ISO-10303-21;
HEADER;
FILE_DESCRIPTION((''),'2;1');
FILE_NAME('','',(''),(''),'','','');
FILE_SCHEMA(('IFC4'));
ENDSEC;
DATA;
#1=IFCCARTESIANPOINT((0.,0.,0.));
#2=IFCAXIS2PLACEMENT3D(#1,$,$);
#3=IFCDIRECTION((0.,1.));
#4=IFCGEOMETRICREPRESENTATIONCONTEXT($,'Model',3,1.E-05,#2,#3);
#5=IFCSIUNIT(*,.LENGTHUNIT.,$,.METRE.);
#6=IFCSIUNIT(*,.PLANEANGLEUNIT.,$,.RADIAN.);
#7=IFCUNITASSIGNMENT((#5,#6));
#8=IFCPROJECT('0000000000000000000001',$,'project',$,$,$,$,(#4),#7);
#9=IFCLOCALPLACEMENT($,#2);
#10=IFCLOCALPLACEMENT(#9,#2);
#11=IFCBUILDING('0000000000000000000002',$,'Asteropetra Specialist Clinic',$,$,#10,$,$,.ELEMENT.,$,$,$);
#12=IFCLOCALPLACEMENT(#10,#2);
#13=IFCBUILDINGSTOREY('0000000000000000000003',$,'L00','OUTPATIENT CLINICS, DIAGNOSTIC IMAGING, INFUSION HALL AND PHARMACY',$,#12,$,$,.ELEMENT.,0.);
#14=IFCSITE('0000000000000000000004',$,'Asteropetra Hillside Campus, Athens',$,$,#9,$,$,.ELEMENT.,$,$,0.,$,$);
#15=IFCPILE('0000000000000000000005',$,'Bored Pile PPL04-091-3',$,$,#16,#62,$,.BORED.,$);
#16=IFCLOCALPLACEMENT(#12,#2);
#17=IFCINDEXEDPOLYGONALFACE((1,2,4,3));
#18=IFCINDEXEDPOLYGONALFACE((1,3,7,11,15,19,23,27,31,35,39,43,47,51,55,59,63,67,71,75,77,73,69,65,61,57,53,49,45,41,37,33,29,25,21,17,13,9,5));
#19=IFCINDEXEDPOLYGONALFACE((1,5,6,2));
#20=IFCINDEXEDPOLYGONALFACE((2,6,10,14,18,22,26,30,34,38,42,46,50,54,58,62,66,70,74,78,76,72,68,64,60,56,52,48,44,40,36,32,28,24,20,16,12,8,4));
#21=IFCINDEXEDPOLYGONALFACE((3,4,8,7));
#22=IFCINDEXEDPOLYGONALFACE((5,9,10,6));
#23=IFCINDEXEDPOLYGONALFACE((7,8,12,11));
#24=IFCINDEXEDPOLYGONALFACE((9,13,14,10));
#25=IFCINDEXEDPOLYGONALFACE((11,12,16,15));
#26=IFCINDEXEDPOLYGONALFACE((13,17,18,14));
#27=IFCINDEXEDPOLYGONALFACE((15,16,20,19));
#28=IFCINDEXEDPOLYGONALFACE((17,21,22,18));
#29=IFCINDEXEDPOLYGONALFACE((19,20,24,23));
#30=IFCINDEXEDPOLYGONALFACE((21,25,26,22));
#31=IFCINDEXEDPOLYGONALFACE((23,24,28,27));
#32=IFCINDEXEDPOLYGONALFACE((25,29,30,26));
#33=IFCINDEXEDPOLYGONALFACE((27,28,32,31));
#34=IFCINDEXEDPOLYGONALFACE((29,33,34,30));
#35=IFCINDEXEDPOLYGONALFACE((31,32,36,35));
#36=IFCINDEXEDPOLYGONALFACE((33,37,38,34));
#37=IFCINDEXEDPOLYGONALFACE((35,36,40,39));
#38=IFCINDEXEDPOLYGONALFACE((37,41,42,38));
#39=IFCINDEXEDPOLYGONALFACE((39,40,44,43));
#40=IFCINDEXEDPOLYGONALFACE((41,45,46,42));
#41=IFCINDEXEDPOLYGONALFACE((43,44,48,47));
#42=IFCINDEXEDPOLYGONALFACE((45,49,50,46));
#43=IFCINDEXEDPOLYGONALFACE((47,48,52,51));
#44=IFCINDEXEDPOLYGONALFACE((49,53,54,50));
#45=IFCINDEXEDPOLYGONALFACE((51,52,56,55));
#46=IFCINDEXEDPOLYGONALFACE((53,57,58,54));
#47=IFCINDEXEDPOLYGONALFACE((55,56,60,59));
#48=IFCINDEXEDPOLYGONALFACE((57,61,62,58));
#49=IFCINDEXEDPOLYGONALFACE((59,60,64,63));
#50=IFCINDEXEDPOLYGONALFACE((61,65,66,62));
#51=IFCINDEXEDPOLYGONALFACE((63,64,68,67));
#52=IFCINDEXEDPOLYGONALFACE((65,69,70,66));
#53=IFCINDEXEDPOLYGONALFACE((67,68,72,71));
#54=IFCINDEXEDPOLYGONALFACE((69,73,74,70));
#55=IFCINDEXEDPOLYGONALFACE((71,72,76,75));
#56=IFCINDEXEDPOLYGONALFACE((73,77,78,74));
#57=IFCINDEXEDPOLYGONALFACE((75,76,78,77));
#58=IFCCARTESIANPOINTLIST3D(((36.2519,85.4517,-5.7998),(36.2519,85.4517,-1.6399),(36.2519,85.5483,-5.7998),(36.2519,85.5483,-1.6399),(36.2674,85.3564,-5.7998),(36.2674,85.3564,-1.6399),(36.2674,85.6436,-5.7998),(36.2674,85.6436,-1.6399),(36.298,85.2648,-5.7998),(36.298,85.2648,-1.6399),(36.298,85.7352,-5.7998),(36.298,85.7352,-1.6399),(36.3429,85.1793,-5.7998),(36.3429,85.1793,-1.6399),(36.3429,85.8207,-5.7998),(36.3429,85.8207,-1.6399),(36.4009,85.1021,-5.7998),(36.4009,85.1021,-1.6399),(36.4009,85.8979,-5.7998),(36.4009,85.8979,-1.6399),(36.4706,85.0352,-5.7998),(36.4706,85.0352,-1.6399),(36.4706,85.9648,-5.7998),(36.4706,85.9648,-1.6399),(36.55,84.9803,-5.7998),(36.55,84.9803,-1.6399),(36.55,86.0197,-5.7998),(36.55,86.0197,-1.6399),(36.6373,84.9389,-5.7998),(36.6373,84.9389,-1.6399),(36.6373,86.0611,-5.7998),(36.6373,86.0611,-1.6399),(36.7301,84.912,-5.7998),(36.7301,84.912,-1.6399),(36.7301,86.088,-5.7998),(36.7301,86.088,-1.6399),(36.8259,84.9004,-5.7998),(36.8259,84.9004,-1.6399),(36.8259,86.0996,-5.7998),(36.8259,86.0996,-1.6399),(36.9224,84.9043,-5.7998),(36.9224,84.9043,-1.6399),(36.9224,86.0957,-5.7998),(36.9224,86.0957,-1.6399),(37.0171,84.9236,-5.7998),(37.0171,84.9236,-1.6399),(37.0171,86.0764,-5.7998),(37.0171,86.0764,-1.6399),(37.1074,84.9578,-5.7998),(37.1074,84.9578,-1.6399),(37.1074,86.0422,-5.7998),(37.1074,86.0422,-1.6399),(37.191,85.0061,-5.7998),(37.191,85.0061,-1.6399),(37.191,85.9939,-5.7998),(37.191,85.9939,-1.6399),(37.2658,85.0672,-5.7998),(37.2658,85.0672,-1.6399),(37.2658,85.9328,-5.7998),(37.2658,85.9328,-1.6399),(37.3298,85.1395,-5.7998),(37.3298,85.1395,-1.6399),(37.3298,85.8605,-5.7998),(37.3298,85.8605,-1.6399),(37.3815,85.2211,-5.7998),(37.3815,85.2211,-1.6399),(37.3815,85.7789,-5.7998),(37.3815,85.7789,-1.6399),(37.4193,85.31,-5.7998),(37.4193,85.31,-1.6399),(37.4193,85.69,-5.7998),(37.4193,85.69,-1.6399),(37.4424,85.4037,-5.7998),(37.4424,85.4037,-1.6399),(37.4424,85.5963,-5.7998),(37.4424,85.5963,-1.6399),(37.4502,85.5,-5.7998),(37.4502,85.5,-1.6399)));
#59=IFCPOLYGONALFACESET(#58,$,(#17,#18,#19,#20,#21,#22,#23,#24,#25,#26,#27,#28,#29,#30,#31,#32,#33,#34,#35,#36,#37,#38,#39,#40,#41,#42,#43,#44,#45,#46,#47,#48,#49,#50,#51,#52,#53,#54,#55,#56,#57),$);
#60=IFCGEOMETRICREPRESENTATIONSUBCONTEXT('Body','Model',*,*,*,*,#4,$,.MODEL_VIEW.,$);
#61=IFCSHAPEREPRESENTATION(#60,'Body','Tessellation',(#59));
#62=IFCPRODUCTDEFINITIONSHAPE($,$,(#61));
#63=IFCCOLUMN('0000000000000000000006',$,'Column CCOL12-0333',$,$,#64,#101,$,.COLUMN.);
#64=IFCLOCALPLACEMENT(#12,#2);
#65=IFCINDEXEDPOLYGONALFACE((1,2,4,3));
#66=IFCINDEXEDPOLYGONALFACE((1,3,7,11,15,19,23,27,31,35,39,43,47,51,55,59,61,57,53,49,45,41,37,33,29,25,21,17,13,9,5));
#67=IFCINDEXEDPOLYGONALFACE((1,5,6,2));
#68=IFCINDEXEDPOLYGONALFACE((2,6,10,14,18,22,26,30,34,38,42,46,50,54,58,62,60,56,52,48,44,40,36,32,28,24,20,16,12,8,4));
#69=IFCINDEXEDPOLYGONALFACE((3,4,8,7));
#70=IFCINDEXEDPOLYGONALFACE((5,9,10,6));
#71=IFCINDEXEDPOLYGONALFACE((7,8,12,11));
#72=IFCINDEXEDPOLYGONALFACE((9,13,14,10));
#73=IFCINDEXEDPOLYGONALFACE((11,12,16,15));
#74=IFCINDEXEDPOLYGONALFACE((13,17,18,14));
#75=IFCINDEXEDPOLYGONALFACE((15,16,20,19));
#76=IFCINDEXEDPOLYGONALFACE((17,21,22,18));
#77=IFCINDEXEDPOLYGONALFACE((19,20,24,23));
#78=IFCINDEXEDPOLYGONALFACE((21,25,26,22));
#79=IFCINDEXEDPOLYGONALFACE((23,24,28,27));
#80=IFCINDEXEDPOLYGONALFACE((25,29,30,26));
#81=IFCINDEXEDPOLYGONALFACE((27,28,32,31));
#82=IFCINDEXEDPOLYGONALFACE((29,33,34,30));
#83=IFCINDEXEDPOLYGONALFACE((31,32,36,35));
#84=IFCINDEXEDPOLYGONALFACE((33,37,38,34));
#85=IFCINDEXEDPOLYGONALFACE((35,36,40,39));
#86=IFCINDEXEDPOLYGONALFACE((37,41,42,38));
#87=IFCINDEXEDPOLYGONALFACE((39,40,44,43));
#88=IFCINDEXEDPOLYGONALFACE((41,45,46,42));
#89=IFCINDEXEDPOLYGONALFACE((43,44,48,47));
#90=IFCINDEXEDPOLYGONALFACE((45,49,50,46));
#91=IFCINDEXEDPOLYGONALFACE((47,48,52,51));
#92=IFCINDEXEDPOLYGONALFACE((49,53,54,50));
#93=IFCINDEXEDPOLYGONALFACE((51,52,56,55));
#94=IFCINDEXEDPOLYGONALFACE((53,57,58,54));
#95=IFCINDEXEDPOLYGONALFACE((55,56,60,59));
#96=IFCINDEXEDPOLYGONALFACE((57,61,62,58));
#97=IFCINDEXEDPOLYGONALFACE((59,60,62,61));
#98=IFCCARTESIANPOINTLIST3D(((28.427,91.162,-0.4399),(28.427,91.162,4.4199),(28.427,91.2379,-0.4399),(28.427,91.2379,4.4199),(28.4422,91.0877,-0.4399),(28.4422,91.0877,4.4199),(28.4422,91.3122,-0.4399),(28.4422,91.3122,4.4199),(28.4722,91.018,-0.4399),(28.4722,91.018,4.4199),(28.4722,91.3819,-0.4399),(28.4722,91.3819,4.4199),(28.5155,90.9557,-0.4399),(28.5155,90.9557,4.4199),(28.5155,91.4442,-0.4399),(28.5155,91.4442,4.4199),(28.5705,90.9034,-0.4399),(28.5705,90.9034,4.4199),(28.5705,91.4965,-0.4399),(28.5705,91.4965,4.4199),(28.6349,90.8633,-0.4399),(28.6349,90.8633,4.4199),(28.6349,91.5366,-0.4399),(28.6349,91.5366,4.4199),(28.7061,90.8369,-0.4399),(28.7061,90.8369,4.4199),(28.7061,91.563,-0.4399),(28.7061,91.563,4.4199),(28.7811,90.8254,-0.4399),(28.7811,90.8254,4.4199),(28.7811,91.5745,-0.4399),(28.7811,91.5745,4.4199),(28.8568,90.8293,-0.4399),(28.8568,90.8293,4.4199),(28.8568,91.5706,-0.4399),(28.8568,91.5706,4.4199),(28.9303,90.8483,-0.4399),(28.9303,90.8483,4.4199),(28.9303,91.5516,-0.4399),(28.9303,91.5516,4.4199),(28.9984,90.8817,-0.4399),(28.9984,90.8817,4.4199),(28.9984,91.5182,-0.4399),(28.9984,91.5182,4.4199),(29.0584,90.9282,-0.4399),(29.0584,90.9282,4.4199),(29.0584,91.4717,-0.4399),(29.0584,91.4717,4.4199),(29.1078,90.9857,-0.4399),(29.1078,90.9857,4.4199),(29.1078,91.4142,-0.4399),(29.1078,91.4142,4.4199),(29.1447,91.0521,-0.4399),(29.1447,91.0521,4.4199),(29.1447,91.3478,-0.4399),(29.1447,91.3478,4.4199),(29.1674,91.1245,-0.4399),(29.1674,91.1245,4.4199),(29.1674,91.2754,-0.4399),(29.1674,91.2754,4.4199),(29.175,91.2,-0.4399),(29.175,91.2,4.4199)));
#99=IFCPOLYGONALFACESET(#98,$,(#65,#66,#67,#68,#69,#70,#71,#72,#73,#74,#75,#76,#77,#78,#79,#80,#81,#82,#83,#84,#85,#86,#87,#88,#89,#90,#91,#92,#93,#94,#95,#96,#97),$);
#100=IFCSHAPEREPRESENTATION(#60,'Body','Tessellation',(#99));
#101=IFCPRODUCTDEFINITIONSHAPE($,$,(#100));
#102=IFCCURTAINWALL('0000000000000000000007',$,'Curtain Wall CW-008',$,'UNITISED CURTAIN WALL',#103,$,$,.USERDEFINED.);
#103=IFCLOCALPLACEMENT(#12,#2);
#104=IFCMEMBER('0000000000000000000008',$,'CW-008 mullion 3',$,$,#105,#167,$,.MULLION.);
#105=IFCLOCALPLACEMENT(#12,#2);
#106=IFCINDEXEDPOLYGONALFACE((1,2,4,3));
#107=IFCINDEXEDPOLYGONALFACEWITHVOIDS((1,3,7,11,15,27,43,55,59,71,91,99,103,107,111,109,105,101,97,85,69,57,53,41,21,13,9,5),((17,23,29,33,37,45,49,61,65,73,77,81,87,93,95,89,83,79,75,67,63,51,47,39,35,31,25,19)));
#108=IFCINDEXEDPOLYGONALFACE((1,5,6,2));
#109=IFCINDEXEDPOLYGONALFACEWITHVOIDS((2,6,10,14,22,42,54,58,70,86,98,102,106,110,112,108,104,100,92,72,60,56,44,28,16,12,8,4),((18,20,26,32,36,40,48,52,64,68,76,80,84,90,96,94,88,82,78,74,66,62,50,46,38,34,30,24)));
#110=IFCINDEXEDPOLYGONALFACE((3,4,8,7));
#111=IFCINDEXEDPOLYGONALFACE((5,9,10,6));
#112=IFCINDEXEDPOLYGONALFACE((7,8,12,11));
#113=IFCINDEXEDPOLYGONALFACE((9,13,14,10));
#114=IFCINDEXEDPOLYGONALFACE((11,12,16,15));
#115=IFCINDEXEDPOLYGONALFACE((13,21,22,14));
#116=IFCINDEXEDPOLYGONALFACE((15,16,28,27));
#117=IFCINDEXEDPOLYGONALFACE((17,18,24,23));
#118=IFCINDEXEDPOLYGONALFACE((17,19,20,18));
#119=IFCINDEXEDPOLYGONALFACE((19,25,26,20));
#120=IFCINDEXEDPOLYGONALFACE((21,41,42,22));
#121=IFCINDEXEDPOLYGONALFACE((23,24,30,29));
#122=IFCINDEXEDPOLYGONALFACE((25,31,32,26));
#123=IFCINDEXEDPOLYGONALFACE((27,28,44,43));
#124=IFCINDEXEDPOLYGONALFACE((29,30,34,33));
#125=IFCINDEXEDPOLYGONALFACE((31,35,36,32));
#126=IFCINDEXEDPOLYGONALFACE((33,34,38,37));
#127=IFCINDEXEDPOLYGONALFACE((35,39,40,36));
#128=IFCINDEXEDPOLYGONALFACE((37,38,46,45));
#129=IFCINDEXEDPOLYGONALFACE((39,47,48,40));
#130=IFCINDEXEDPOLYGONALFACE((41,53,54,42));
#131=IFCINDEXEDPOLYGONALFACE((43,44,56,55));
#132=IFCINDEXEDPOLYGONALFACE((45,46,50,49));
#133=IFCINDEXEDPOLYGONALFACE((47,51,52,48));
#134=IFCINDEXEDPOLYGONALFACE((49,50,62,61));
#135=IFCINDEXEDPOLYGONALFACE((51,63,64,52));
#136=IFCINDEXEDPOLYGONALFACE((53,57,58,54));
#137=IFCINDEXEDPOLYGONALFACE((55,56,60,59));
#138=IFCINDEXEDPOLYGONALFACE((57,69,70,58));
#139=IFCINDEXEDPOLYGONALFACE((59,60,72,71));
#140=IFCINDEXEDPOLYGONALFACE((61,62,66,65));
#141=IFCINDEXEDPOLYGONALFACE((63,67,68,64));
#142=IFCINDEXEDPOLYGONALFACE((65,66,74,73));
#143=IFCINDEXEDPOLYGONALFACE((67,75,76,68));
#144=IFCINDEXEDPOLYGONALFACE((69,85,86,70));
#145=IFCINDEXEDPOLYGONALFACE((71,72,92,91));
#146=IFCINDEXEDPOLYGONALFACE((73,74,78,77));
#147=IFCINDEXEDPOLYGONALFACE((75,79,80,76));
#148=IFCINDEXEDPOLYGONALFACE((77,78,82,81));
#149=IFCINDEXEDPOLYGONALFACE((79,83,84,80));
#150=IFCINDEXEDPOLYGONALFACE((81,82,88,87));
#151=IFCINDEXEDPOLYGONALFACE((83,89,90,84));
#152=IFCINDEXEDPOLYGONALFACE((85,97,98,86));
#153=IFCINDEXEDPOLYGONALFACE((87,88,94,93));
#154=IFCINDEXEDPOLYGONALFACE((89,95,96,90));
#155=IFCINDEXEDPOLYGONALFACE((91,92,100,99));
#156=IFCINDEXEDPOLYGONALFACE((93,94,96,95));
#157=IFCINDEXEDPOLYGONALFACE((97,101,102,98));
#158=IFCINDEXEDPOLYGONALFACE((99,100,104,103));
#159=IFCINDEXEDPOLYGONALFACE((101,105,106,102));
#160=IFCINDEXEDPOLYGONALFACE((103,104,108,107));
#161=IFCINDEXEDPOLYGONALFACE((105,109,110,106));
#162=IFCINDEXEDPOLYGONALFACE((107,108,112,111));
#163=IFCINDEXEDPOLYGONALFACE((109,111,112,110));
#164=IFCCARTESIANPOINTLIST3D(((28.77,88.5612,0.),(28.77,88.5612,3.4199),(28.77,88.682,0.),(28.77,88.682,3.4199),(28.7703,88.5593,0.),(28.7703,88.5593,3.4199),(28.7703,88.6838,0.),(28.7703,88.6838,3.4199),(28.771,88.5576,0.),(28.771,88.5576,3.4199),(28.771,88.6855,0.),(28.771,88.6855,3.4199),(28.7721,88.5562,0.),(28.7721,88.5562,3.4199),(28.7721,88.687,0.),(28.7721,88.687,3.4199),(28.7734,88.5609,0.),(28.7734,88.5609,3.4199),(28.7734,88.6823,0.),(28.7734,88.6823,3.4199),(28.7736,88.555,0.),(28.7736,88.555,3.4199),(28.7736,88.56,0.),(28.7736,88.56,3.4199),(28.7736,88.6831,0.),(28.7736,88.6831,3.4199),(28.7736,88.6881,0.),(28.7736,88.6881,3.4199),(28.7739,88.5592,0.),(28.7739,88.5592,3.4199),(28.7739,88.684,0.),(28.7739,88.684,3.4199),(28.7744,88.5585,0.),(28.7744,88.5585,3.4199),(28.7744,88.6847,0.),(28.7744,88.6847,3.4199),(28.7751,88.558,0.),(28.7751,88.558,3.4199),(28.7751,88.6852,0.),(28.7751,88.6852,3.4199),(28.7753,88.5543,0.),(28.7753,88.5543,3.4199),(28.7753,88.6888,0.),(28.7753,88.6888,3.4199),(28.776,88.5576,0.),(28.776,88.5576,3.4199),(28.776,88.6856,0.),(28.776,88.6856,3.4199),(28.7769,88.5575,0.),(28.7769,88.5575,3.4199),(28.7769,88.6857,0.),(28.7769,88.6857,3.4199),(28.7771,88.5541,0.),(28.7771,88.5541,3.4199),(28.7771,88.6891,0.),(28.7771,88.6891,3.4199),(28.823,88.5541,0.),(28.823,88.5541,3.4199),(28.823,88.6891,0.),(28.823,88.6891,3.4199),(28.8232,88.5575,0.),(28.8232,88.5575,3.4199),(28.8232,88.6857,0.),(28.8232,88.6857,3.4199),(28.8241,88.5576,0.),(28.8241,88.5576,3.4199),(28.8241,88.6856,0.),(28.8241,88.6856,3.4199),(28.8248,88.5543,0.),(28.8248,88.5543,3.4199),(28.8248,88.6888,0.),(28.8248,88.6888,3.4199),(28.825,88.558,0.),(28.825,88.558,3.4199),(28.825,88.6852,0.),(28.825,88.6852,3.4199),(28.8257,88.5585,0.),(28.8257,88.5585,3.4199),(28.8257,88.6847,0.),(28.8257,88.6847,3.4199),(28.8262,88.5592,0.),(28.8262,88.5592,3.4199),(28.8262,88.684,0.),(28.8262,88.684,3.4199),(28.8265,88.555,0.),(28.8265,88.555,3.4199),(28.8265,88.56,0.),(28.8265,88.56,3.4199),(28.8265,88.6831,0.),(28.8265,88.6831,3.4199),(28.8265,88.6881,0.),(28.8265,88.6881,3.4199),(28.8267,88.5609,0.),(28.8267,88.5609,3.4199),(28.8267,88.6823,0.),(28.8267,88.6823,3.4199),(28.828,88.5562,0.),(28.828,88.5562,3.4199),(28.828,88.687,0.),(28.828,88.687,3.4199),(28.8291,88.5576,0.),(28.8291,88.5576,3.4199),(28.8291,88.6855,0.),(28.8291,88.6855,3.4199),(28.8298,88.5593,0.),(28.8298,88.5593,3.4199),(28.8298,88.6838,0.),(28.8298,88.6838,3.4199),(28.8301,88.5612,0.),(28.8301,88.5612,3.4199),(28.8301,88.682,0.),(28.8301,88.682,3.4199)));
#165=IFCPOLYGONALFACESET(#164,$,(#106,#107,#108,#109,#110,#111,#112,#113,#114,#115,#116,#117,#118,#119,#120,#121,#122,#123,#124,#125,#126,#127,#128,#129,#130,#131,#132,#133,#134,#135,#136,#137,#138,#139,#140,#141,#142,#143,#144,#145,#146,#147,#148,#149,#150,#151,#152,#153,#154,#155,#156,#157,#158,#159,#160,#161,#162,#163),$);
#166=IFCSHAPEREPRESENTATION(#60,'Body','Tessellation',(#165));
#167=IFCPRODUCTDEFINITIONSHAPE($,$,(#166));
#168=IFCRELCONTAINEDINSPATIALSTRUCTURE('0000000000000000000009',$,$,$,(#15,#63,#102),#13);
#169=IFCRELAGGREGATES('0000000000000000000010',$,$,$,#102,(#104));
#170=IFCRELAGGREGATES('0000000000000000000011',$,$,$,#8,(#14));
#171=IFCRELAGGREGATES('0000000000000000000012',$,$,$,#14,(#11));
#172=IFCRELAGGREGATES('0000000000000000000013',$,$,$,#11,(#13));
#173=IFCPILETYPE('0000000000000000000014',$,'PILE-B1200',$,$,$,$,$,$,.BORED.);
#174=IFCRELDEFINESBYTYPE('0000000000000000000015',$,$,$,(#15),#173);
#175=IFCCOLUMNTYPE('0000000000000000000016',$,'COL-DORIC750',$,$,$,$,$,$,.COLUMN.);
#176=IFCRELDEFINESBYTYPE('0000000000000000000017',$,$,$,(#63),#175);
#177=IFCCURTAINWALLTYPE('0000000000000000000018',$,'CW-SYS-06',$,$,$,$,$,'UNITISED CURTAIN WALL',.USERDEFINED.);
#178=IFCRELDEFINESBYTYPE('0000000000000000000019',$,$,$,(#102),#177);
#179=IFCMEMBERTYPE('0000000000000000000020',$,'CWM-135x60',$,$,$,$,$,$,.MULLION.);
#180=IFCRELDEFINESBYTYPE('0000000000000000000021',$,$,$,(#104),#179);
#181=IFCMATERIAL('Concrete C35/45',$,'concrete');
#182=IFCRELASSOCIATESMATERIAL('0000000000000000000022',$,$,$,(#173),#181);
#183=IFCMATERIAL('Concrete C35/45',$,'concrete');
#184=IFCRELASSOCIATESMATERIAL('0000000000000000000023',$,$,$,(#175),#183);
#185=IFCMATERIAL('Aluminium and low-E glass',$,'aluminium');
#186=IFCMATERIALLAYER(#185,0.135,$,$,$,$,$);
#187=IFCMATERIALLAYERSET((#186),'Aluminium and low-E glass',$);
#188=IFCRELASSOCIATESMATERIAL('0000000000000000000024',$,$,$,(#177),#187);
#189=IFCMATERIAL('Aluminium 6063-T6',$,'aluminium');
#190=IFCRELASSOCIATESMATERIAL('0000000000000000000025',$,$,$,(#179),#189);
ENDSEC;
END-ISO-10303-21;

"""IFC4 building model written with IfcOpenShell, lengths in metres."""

from ifc_helpers import new_model, si_unit, direction, frame, origin, origin_2d, place, context, subcontext, project, spatial, hollow_rectangle, circle, extrude, material, layer, layer_set, material_profile, profile_set, type_object, element, aggregate, save


model = new_model("IFC4")

# Units and contexts
model_context = context("Model", 3, precision=1e-05, world=origin(), true_north=direction((0.0, 1.0)))
body_context = subcontext(model_context, "Body", "Model", "MODEL_VIEW")
ifc_project = project(units=[si_unit("LENGTHUNIT", "METRE"), si_unit("PLANEANGLEUNIT", "RADIAN")], contexts=[model_context])

# Site, building, storey
site_placement = place(None, origin())
site = spatial("IfcSite", under=ifc_project, at=site_placement, Name="Asteropetra Hillside Campus, Athens", CompositionType="ELEMENT", RefElevation=0.0)
building_placement = place(site_placement, origin())
building = spatial("IfcBuilding", under=site, at=building_placement, Name="Asteropetra Specialist Clinic", CompositionType="ELEMENT")
storey_placement = place(building_placement, origin())
storey = spatial("IfcBuildingStorey", under=building, at=storey_placement, Name="L00", Description="OUTPATIENT CLINICS, DIAGNOSTIC IMAGING, INFUSION HALL AND PHARMACY", CompositionType="ELEMENT", Elevation=0.0)

# Pile
ifc_material_1 = material(Name="Concrete C35/45", Category="concrete")
ifc_material_profile_1 = material_profile(ifc_material_1, circle(Radius=0.6001, at=origin_2d()), Name="PILE D1200")
ifc_profile_set_1 = profile_set([ifc_material_profile_1], Name="Concrete C35/45")
pile_type_1 = type_object("IfcPileType", Name="PILE-B1200", PredefinedType="BORED", material=ifc_profile_set_1)
for number, where, z_axis, x_axis, name in (
    (1, (36.8501, 85.5, -1.6399), (0.0, 0.0, -1.0), (1.0, 0.0, 0.0), "Bored Pile PPL04-091-3"),
):
    element("IfcPile", number, at=place(storey_placement, frame(where, z_axis=z_axis, x_axis=x_axis)), inside=storey, type_object=pile_type_1, Name=name, PredefinedType="BORED", context=body_context, shape_type="SweptSolid", body=[
        extrude(circle(Radius=0.6001, at=origin_2d()), origin(), (0.0, 0.0, 1.0), 4.1599),
    ])

# Column
ifc_material_2 = material(Name="Concrete C35/45", Category="concrete")
ifc_material_profile_2 = material_profile(ifc_material_2, circle(Radius=0.375, at=origin_2d()), Name="RCC D750")
ifc_profile_set_2 = profile_set([ifc_material_profile_2], Name="Concrete C35/45")
column_type = type_object("IfcColumnType", Name="COL-DORIC750", PredefinedType="COLUMN", material=ifc_profile_set_2)
column_placement = place(storey_placement, frame((28.8, 91.2, -0.4399), z_axis=(0.0, 0.0, 1.0), x_axis=(1.0, 0.0, 0.0)))
element("IfcColumn", 2, at=column_placement, inside=storey, type_object=column_type, Name="Column CCOL12-0333", PredefinedType="COLUMN", context=body_context, shape_type="SweptSolid", body=[
    extrude(circle(Radius=0.375, at=origin_2d()), origin(), (0.0, 0.0, 1.0), 4.8599),
])

# Curtain wall, member
ifc_material_3 = material(Name="Aluminium and low-E glass", Category="aluminium")
ifc_layer_1 = layer(ifc_material_3, 0.135)
ifc_layer_set_1 = layer_set([ifc_layer_1], Name="Aluminium and low-E glass")
curtain_wall_type = type_object("IfcCurtainWallType", Name="CW-SYS-06", ElementType="UNITISED CURTAIN WALL", PredefinedType="USERDEFINED", material=ifc_layer_set_1)
curtain_wall_placement = place(storey_placement, origin())
curtain_wall = element("IfcCurtainWall", 3, at=curtain_wall_placement, inside=storey, type_object=curtain_wall_type, Name="Curtain Wall CW-008", ObjectType="UNITISED CURTAIN WALL", PredefinedType="USERDEFINED")
ifc_material_4 = material(Name="Aluminium 6063-T6", Category="aluminium")
ifc_material_profile_3 = material_profile(ifc_material_4, hollow_rectangle(XDim=0.0601, YDim=0.135, WallThickness=0.0034, InnerFilletRadius=0.0034, OuterFilletRadius=0.0071, at=origin_2d()), Name="MUL 135x60x3.5")
ifc_profile_set_3 = profile_set([ifc_material_profile_3], Name="Aluminium 6063-T6")
member_type_1 = type_object("IfcMemberType", Name="CWM-135x60", PredefinedType="MULLION", material=ifc_profile_set_3)
member_1_placement = place(storey_placement, frame((28.8, 88.6216, 0.0), z_axis=(0.0, 0.0, 1.0), x_axis=(-1.0, 0.0, 0.0)))
member_1 = element("IfcMember", 4, at=member_1_placement, type_object=member_type_1, Name="CW-008 mullion 3", PredefinedType="MULLION", context=body_context, shape_type="SweptSolid", body=[
    extrude(hollow_rectangle(XDim=0.0601, YDim=0.135, WallThickness=0.0034, InnerFilletRadius=0.0034, OuterFilletRadius=0.0071, at=origin_2d()), origin(), (0.0, 0.0, 1.0), 3.4199),
])
aggregate(curtain_wall, [member_1])

save(model, "model.ifc")
